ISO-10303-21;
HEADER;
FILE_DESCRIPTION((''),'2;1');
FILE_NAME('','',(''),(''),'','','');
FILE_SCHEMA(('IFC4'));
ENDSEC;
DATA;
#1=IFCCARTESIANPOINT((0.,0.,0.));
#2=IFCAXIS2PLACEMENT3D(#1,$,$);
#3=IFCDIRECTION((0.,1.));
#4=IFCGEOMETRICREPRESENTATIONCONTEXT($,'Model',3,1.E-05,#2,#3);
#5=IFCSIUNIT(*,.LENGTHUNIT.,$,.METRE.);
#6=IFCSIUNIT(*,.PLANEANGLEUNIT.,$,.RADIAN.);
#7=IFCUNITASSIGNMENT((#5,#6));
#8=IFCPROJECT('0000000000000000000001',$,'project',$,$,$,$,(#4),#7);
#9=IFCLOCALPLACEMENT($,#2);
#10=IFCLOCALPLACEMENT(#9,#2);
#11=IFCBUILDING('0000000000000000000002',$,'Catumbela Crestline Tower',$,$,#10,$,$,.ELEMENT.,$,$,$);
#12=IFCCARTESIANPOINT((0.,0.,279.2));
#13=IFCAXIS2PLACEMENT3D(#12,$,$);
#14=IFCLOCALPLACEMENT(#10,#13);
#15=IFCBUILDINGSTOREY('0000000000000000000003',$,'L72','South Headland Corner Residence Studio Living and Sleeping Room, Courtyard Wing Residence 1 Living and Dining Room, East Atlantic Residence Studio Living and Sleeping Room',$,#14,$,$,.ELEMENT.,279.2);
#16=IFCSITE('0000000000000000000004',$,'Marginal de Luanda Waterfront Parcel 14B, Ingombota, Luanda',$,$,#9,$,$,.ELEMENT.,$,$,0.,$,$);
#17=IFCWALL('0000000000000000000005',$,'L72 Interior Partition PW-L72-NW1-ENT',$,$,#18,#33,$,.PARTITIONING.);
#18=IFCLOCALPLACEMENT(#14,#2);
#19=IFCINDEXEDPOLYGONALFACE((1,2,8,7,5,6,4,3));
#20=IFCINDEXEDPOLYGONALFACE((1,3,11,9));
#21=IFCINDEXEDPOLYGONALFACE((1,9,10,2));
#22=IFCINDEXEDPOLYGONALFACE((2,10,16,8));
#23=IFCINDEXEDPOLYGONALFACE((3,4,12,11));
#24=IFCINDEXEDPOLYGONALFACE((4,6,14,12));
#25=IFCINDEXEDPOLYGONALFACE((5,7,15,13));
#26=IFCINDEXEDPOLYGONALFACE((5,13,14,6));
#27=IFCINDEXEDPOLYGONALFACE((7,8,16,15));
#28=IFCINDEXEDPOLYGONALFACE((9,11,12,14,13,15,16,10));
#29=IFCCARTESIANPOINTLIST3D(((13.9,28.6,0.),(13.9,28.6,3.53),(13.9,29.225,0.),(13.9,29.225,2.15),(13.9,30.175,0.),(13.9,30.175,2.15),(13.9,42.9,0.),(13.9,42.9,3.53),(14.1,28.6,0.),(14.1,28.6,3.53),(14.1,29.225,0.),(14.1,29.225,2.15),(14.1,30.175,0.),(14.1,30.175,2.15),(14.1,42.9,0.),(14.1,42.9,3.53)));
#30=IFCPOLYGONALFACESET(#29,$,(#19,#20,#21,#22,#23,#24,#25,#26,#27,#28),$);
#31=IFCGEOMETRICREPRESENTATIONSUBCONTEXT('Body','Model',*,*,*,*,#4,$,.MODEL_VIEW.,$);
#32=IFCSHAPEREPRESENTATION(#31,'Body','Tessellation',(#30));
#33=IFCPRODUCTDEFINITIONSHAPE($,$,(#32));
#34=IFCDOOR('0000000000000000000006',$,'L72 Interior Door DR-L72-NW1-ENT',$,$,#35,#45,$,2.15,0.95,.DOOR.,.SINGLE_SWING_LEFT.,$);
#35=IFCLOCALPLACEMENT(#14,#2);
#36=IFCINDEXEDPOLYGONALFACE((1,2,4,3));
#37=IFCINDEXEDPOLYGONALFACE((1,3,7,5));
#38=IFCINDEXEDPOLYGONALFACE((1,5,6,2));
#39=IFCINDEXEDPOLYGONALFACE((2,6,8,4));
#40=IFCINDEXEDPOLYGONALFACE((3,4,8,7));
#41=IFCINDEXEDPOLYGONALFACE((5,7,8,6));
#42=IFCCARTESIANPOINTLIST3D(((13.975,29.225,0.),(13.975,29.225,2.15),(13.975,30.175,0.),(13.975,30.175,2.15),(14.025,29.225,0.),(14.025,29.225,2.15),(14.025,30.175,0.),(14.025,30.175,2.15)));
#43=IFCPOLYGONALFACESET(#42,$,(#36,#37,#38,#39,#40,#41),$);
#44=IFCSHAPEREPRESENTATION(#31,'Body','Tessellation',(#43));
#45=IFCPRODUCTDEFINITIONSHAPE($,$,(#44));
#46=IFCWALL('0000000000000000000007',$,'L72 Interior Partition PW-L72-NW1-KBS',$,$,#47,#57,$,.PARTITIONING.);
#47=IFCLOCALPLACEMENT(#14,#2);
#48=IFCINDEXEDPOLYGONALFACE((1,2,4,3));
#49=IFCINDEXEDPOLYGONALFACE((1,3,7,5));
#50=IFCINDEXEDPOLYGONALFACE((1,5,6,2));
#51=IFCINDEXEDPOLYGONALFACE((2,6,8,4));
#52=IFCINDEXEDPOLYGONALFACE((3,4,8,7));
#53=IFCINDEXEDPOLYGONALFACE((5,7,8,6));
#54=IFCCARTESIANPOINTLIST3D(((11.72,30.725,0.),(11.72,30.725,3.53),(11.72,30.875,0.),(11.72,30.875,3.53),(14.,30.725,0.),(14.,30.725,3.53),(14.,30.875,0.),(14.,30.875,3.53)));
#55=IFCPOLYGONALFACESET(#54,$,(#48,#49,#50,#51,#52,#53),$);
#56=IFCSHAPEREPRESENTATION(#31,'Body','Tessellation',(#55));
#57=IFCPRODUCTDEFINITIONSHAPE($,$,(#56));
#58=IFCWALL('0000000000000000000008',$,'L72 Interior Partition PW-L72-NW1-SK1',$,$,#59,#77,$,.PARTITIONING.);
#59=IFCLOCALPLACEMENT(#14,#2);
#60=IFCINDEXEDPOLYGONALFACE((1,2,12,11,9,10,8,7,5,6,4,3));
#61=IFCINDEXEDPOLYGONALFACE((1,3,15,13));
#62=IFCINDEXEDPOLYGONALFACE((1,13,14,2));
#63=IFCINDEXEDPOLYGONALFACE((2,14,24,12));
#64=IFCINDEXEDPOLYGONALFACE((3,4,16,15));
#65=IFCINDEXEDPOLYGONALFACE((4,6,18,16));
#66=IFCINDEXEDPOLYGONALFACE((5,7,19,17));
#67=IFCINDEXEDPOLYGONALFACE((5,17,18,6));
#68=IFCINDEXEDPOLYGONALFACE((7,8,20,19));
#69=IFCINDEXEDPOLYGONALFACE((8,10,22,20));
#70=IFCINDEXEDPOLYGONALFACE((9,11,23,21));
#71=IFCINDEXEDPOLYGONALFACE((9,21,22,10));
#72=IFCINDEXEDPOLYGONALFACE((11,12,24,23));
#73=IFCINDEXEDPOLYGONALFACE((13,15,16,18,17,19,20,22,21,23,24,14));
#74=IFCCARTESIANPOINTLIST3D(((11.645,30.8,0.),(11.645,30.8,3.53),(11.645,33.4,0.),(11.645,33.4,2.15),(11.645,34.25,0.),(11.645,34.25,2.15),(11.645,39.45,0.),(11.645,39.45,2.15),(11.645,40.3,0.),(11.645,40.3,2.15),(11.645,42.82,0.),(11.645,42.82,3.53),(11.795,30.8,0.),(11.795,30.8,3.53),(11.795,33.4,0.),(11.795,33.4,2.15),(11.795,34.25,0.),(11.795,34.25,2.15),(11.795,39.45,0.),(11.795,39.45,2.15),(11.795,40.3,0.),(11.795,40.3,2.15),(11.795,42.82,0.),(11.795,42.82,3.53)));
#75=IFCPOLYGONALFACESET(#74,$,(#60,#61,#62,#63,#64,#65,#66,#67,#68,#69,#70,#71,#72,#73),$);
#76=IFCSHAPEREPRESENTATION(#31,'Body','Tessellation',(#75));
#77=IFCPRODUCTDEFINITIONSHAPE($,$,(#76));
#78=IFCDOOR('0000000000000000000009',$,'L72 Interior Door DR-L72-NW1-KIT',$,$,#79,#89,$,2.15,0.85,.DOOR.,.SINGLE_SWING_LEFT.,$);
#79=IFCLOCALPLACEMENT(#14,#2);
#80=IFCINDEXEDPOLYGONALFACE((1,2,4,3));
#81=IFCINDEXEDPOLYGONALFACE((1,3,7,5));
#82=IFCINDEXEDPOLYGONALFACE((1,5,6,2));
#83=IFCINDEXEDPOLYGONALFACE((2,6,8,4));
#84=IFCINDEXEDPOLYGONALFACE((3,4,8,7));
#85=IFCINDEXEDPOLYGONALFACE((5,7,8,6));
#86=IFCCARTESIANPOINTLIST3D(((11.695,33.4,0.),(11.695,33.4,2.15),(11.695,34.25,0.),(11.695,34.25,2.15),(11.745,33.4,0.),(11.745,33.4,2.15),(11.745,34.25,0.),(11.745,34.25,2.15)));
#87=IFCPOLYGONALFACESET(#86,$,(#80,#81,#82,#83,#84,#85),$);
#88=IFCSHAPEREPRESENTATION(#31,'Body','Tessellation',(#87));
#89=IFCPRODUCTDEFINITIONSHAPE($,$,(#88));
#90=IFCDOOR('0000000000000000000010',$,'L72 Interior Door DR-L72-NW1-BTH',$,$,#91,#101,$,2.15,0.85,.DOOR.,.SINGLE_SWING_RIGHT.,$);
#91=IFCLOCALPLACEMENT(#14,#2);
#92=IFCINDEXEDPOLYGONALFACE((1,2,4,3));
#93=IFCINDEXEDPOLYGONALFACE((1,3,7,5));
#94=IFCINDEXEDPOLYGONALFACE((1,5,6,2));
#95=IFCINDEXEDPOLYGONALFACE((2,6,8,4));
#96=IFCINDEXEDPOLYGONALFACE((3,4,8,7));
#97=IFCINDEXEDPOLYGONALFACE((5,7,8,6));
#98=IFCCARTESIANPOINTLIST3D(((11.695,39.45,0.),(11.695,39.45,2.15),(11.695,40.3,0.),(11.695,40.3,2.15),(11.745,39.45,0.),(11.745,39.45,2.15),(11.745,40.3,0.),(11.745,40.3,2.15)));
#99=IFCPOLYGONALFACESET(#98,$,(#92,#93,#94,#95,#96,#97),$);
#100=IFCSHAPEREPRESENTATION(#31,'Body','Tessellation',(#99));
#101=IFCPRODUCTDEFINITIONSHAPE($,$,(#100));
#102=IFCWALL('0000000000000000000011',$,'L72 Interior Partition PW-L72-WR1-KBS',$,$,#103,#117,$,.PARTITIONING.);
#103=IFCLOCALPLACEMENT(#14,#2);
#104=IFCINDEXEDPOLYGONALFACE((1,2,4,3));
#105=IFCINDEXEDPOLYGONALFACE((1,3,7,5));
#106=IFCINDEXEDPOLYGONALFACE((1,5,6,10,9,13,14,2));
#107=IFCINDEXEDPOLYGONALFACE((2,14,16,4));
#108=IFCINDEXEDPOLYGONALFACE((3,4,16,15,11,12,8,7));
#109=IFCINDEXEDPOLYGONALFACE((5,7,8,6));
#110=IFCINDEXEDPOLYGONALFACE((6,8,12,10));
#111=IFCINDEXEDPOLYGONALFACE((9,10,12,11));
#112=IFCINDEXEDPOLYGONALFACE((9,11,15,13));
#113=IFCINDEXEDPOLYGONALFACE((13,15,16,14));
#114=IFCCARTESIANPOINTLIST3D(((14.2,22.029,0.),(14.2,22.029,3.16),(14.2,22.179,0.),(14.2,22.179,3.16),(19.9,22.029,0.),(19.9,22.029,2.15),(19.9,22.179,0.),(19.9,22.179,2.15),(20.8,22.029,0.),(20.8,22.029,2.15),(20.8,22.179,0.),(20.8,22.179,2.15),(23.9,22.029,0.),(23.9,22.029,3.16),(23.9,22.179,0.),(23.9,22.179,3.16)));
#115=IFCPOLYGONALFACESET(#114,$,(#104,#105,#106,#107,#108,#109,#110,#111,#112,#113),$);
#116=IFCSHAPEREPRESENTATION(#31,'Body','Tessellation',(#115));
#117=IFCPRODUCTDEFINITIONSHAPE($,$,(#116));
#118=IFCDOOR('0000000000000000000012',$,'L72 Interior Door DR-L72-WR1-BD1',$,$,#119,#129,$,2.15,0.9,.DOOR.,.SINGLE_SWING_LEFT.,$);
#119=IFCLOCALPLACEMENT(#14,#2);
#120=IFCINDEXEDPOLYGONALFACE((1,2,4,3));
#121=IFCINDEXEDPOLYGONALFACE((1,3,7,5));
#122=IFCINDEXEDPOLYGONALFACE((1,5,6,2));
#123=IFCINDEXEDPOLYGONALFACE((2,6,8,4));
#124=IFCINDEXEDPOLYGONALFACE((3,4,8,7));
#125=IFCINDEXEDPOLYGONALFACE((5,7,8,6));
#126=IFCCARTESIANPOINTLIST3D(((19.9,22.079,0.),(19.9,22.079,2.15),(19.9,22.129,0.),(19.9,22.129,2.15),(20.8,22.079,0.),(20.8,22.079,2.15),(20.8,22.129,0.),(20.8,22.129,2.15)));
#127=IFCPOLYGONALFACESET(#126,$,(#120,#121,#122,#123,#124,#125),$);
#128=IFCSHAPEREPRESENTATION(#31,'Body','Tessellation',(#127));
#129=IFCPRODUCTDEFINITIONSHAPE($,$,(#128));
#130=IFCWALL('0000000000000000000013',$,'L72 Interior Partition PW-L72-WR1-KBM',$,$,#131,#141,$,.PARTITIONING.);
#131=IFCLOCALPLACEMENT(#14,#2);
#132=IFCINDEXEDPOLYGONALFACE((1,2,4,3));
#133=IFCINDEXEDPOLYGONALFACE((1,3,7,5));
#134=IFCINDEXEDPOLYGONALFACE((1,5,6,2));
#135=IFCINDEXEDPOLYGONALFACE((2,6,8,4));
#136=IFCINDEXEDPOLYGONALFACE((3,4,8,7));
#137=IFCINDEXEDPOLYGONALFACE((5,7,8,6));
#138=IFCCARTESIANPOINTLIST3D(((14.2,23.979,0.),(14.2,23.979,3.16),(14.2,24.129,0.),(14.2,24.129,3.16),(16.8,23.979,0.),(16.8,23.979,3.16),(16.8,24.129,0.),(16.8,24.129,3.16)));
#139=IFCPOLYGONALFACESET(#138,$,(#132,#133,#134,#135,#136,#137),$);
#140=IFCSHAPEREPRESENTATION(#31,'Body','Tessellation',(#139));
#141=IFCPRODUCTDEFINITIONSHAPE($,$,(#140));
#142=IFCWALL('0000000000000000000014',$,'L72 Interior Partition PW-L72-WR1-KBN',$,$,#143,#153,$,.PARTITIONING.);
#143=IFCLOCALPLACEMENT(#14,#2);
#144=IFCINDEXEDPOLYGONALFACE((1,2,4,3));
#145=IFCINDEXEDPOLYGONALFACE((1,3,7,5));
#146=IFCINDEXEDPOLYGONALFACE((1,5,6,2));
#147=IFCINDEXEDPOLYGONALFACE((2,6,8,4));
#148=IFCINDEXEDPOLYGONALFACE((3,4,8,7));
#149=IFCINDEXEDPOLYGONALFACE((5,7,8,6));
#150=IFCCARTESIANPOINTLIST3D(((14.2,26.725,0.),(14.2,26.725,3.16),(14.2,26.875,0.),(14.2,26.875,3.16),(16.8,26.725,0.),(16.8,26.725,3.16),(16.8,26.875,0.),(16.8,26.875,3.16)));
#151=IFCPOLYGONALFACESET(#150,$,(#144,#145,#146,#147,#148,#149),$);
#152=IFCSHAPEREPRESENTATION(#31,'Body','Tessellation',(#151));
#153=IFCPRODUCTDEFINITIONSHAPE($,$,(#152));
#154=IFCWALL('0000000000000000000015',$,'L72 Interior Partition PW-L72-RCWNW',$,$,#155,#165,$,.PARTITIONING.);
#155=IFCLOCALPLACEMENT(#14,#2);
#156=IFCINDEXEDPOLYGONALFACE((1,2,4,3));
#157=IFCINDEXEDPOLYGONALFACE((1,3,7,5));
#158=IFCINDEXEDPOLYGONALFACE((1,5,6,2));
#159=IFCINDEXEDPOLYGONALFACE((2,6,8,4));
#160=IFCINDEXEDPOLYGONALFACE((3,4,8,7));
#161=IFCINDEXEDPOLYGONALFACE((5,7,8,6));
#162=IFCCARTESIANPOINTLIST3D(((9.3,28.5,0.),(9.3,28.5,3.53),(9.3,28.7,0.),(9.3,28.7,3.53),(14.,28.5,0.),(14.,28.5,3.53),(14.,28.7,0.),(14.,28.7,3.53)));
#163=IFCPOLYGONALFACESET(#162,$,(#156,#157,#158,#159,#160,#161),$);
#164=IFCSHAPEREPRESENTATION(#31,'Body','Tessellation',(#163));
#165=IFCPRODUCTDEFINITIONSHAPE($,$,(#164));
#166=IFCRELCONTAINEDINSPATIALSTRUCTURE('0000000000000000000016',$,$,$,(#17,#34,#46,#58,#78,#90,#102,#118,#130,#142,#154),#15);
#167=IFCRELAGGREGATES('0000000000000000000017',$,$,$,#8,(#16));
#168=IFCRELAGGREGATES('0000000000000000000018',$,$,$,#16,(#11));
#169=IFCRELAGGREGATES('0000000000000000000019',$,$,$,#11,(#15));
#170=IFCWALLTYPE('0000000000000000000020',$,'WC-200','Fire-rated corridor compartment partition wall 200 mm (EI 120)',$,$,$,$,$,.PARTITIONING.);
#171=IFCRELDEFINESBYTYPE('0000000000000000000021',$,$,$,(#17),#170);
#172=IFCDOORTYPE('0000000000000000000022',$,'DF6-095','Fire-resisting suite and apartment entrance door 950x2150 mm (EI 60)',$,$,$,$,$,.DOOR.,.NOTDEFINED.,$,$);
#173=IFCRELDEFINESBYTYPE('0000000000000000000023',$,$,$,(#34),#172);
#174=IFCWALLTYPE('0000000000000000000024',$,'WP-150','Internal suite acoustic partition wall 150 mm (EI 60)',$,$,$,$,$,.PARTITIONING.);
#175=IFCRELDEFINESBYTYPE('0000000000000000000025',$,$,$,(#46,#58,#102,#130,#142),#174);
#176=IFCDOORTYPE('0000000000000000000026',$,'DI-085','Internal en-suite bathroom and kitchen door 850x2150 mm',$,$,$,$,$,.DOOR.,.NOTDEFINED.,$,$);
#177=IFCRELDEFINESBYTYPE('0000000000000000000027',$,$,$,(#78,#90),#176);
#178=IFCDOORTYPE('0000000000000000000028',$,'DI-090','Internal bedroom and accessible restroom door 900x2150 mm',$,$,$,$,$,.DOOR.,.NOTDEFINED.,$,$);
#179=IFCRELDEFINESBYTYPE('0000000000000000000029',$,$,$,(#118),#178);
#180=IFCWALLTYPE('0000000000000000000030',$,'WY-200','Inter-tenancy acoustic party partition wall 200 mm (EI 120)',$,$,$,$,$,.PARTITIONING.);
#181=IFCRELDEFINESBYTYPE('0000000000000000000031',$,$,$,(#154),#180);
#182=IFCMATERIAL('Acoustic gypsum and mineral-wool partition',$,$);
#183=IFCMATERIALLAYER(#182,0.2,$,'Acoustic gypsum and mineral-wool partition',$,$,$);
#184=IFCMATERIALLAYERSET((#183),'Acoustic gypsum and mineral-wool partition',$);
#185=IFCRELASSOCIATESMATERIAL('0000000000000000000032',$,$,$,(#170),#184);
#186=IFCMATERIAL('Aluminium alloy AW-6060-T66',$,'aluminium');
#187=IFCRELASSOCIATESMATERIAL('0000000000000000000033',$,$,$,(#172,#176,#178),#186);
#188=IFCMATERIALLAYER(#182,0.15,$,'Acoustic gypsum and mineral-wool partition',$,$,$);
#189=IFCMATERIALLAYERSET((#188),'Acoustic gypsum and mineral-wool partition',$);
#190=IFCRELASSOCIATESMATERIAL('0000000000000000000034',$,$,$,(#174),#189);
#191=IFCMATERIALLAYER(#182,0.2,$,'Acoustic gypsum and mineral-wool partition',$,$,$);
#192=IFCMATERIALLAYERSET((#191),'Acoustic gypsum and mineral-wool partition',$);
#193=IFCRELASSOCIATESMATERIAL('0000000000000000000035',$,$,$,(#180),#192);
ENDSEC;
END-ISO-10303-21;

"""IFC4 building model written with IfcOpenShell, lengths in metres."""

from ifc_helpers import new_model, si_unit, direction, frame, frame_2d, origin, place, context, subcontext, project, spatial, rectangle, extrude, material, layer, layer_set, type_object, element, fill, save


model = new_model("IFC4")

# Units and contexts
model_context = context("Model", 3, precision=1e-05, world=origin(), true_north=direction((0.0, 1.0)))
body_context = subcontext(model_context, "Body", "Model", "MODEL_VIEW")
ifc_project = project(units=[si_unit("LENGTHUNIT", "METRE"), si_unit("PLANEANGLEUNIT", "RADIAN")], contexts=[model_context])

# Site, building, storey
site_placement = place(None, origin())
site = spatial("IfcSite", under=ifc_project, at=site_placement, Name="Marginal de Luanda Waterfront Parcel 14B, Ingombota, Luanda", CompositionType="ELEMENT", RefElevation=0.0)
building_placement = place(site_placement, origin())
building = spatial("IfcBuilding", under=site, at=building_placement, Name="Catumbela Crestline Tower", CompositionType="ELEMENT")
storey_placement = place(building_placement, frame((0.0, 0.0, 279.2)))
storey = spatial("IfcBuildingStorey", under=building, at=storey_placement, Name="L72", Description="South Headland Corner Residence Studio Living and Sleeping Room, Courtyard Wing Residence 1 Living and Dining Room, East Atlantic Residence Studio Living and Sleeping Room", CompositionType="ELEMENT", Elevation=279.2)

# Shared definitions
ifc_material_1 = material(Name="Acoustic gypsum and mineral-wool partition")
ifc_layer_1 = layer(ifc_material_1, 0.2, Name="Acoustic gypsum and mineral-wool partition")
ifc_layer_set_1 = layer_set([ifc_layer_1], Name="Acoustic gypsum and mineral-wool partition")
wall_type_1 = type_object("IfcWallType", Name="WC-200", Description="Fire-rated corridor compartment partition wall 200 mm (EI 120)", PredefinedType="PARTITIONING", material=ifc_layer_set_1)
ifc_material_2 = material(Name="Aluminium alloy AW-6060-T66", Category="aluminium")
door_type_1 = type_object("IfcDoorType", Name="DF6-095", Description="Fire-resisting suite and apartment entrance door 950x2150 mm (EI 60)", OperationType="NOTDEFINED", PredefinedType="DOOR", material=ifc_material_2)

# Wall, opening, door
wall_1_placement = place(storey_placement, frame((14.0, 28.6, 0.0), z_axis=(0.0, 0.0, 1.0), x_axis=(0.0, 1.0, 0.0)))
wall_1 = element("IfcWall", 1, at=wall_1_placement, inside=storey, type_object=wall_type_1, Name="L72 Interior Partition PW-L72-NW1-ENT", PredefinedType="PARTITIONING", context=body_context, shape_type="SweptSolid", body=[
    extrude(rectangle(XDim=14.3, YDim=0.2, at=frame_2d((7.15, 0.0))), origin(), (0.0, 0.0, 1.0), 3.53),
])
opening_1_placement = place(wall_1_placement, frame((0.625, 0.0, 0.0)))
opening_1 = element("IfcOpeningElement", 2, at=opening_1_placement, cuts=wall_1, PredefinedType="OPENING", context=body_context, shape_type="SweptSolid", body=[
    extrude(rectangle(XDim=0.95, YDim=2.15, at=frame_2d((0.475, 1.075))), frame((0.0, 0.11, 0.0), z_axis=(0.0, -1.0, 0.0), x_axis=(1.0, 0.0, 0.0)), (0.0, 0.0, 1.0), 0.22),
])
door_1_placement = place(opening_1_placement, origin())
door_1 = element("IfcDoor", 3, at=door_1_placement, inside=storey, type_object=door_type_1, Name="L72 Interior Door DR-L72-NW1-ENT", OperationType="SINGLE_SWING_LEFT", OverallHeight=2.15, OverallWidth=0.95, PredefinedType="DOOR", context=body_context, shape_type="SweptSolid", body=[
    extrude(rectangle(XDim=0.95, YDim=2.15, at=frame_2d((0.475, 1.075))), frame((0.0, 0.025, 0.0), z_axis=(0.0, -1.0, 0.0), x_axis=(1.0, 0.0, 0.0)), (0.0, 0.0, 1.0), 0.05),
])
fill(opening_1, door_1)

# Wall
ifc_layer_2 = layer(ifc_material_1, 0.15, Name="Acoustic gypsum and mineral-wool partition")
ifc_layer_set_2 = layer_set([ifc_layer_2], Name="Acoustic gypsum and mineral-wool partition")
wall_type_2 = type_object("IfcWallType", Name="WP-150", Description="Internal suite acoustic partition wall 150 mm (EI 60)", PredefinedType="PARTITIONING", material=ifc_layer_set_2)
wall_2_placement = place(storey_placement, frame((11.72, 30.8, 0.0), z_axis=(0.0, 0.0, 1.0), x_axis=(1.0, 0.0, 0.0)))
element("IfcWall", 4, at=wall_2_placement, inside=storey, type_object=wall_type_2, Name="L72 Interior Partition PW-L72-NW1-KBS", PredefinedType="PARTITIONING", context=body_context, shape_type="SweptSolid", body=[
    extrude(rectangle(XDim=2.28, YDim=0.15, at=frame_2d((1.14, 0.0))), origin(), (0.0, 0.0, 1.0), 3.53),
])

# Wall, openings, doors
wall_3_placement = place(storey_placement, frame((11.72, 30.8, 0.0), z_axis=(0.0, 0.0, 1.0), x_axis=(0.0, 1.0, 0.0)))
wall_3 = element("IfcWall", 5, at=wall_3_placement, inside=storey, type_object=wall_type_2, Name="L72 Interior Partition PW-L72-NW1-SK1", PredefinedType="PARTITIONING", context=body_context, shape_type="SweptSolid", body=[
    extrude(rectangle(XDim=12.02, YDim=0.15, at=frame_2d((6.01, 0.0))), origin(), (0.0, 0.0, 1.0), 3.53),
])
opening_2_placement = place(wall_3_placement, frame((2.6, 0.0, 0.0)))
opening_2 = element("IfcOpeningElement", 6, at=opening_2_placement, cuts=wall_3, PredefinedType="OPENING", context=body_context, shape_type="SweptSolid", body=[
    extrude(rectangle(XDim=0.85, YDim=2.15, at=frame_2d((0.425, 1.075))), frame((0.0, 0.085, 0.0), z_axis=(0.0, -1.0, 0.0), x_axis=(1.0, 0.0, 0.0)), (0.0, 0.0, 1.0), 0.17),
])
opening_3_placement = place(wall_3_placement, frame((8.65, 0.0, 0.0)))
opening_3 = element("IfcOpeningElement", 7, at=opening_3_placement, cuts=wall_3, PredefinedType="OPENING", context=body_context, shape_type="SweptSolid", body=[
    extrude(rectangle(XDim=0.85, YDim=2.15, at=frame_2d((0.425, 1.075))), frame((0.0, 0.085, 0.0), z_axis=(0.0, -1.0, 0.0), x_axis=(1.0, 0.0, 0.0)), (0.0, 0.0, 1.0), 0.17),
])
door_type_2 = type_object("IfcDoorType", Name="DI-085", Description="Internal en-suite bathroom and kitchen door 850x2150 mm", OperationType="NOTDEFINED", PredefinedType="DOOR", material=ifc_material_2)
door_2_placement = place(opening_2_placement, origin())
door_2 = element("IfcDoor", 8, at=door_2_placement, inside=storey, type_object=door_type_2, Name="L72 Interior Door DR-L72-NW1-KIT", OperationType="SINGLE_SWING_LEFT", OverallHeight=2.15, OverallWidth=0.85, PredefinedType="DOOR", context=body_context, shape_type="SweptSolid", body=[
    extrude(rectangle(XDim=0.85, YDim=2.15, at=frame_2d((0.425, 1.075))), frame((0.0, 0.025, 0.0), z_axis=(0.0, -1.0, 0.0), x_axis=(1.0, 0.0, 0.0)), (0.0, 0.0, 1.0), 0.05),
])
fill(opening_2, door_2)
door_3_placement = place(opening_3_placement, origin())
door_3 = element("IfcDoor", 9, at=door_3_placement, inside=storey, type_object=door_type_2, Name="L72 Interior Door DR-L72-NW1-BTH", OperationType="SINGLE_SWING_RIGHT", OverallHeight=2.15, OverallWidth=0.85, PredefinedType="DOOR", context=body_context, shape_type="SweptSolid", body=[
    extrude(rectangle(XDim=0.85, YDim=2.15, at=frame_2d((0.425, 1.075))), frame((0.0, 0.025, 0.0), z_axis=(0.0, -1.0, 0.0), x_axis=(1.0, 0.0, 0.0)), (0.0, 0.0, 1.0), 0.05),
])
fill(opening_3, door_3)

# Wall, opening, door
wall_4_placement = place(storey_placement, frame((14.2, 22.104, 0.0), z_axis=(0.0, 0.0, 1.0), x_axis=(1.0, 0.0, 0.0)))
wall_4 = element("IfcWall", 10, at=wall_4_placement, inside=storey, type_object=wall_type_2, Name="L72 Interior Partition PW-L72-WR1-KBS", PredefinedType="PARTITIONING", context=body_context, shape_type="SweptSolid", body=[
    extrude(rectangle(XDim=9.7, YDim=0.15, at=frame_2d((4.85, 0.0))), origin(), (0.0, 0.0, 1.0), 3.16),
])
opening_4_placement = place(wall_4_placement, frame((5.7, 0.0, 0.0)))
opening_4 = element("IfcOpeningElement", 11, at=opening_4_placement, cuts=wall_4, PredefinedType="OPENING", context=body_context, shape_type="SweptSolid", body=[
    extrude(rectangle(XDim=0.9, YDim=2.15, at=frame_2d((0.45, 1.075))), frame((0.0, 0.085, 0.0), z_axis=(0.0, -1.0, 0.0), x_axis=(1.0, 0.0, 0.0)), (0.0, 0.0, 1.0), 0.17),
])
door_type_3 = type_object("IfcDoorType", Name="DI-090", Description="Internal bedroom and accessible restroom door 900x2150 mm", OperationType="NOTDEFINED", PredefinedType="DOOR", material=ifc_material_2)
door_4_placement = place(opening_4_placement, origin())
door_4 = element("IfcDoor", 12, at=door_4_placement, inside=storey, type_object=door_type_3, Name="L72 Interior Door DR-L72-WR1-BD1", OperationType="SINGLE_SWING_LEFT", OverallHeight=2.15, OverallWidth=0.9, PredefinedType="DOOR", context=body_context, shape_type="SweptSolid", body=[
    extrude(rectangle(XDim=0.9, YDim=2.15, at=frame_2d((0.45, 1.075))), frame((0.0, 0.025, 0.0), z_axis=(0.0, -1.0, 0.0), x_axis=(1.0, 0.0, 0.0)), (0.0, 0.0, 1.0), 0.05),
])
fill(opening_4, door_4)

# Walls
for number, where, z_axis, x_axis, name in (
    (13, (14.2, 24.054, 0.0), (0.0, 0.0, 1.0), (1.0, 0.0, 0.0), "L72 Interior Partition PW-L72-WR1-KBM"),
    (14, (14.2, 26.8, 0.0), (0.0, 0.0, 1.0), (1.0, 0.0, 0.0), "L72 Interior Partition PW-L72-WR1-KBN"),
):
    element("IfcWall", number, at=place(storey_placement, frame(where, z_axis=z_axis, x_axis=x_axis)), inside=storey, type_object=wall_type_2, Name=name, PredefinedType="PARTITIONING", context=body_context, shape_type="SweptSolid", body=[
        extrude(rectangle(XDim=2.6, YDim=0.15, at=frame_2d((1.3, 0.0))), origin(), (0.0, 0.0, 1.0), 3.16),
    ])
ifc_layer_3 = layer(ifc_material_1, 0.2, Name="Acoustic gypsum and mineral-wool partition")
ifc_layer_set_3 = layer_set([ifc_layer_3], Name="Acoustic gypsum and mineral-wool partition")
wall_type_3 = type_object("IfcWallType", Name="WY-200", Description="Inter-tenancy acoustic party partition wall 200 mm (EI 120)", PredefinedType="PARTITIONING", material=ifc_layer_set_3)
wall_5_placement = place(storey_placement, frame((9.3, 28.6, 0.0), z_axis=(0.0, 0.0, 1.0), x_axis=(1.0, 0.0, 0.0)))
element("IfcWall", 15, at=wall_5_placement, inside=storey, type_object=wall_type_3, Name="L72 Interior Partition PW-L72-RCWNW", PredefinedType="PARTITIONING", context=body_context, shape_type="SweptSolid", body=[
    extrude(rectangle(XDim=4.7, YDim=0.2, at=frame_2d((2.35, 0.0))), origin(), (0.0, 0.0, 1.0), 3.53),
])

save(model, "model.ifc")
